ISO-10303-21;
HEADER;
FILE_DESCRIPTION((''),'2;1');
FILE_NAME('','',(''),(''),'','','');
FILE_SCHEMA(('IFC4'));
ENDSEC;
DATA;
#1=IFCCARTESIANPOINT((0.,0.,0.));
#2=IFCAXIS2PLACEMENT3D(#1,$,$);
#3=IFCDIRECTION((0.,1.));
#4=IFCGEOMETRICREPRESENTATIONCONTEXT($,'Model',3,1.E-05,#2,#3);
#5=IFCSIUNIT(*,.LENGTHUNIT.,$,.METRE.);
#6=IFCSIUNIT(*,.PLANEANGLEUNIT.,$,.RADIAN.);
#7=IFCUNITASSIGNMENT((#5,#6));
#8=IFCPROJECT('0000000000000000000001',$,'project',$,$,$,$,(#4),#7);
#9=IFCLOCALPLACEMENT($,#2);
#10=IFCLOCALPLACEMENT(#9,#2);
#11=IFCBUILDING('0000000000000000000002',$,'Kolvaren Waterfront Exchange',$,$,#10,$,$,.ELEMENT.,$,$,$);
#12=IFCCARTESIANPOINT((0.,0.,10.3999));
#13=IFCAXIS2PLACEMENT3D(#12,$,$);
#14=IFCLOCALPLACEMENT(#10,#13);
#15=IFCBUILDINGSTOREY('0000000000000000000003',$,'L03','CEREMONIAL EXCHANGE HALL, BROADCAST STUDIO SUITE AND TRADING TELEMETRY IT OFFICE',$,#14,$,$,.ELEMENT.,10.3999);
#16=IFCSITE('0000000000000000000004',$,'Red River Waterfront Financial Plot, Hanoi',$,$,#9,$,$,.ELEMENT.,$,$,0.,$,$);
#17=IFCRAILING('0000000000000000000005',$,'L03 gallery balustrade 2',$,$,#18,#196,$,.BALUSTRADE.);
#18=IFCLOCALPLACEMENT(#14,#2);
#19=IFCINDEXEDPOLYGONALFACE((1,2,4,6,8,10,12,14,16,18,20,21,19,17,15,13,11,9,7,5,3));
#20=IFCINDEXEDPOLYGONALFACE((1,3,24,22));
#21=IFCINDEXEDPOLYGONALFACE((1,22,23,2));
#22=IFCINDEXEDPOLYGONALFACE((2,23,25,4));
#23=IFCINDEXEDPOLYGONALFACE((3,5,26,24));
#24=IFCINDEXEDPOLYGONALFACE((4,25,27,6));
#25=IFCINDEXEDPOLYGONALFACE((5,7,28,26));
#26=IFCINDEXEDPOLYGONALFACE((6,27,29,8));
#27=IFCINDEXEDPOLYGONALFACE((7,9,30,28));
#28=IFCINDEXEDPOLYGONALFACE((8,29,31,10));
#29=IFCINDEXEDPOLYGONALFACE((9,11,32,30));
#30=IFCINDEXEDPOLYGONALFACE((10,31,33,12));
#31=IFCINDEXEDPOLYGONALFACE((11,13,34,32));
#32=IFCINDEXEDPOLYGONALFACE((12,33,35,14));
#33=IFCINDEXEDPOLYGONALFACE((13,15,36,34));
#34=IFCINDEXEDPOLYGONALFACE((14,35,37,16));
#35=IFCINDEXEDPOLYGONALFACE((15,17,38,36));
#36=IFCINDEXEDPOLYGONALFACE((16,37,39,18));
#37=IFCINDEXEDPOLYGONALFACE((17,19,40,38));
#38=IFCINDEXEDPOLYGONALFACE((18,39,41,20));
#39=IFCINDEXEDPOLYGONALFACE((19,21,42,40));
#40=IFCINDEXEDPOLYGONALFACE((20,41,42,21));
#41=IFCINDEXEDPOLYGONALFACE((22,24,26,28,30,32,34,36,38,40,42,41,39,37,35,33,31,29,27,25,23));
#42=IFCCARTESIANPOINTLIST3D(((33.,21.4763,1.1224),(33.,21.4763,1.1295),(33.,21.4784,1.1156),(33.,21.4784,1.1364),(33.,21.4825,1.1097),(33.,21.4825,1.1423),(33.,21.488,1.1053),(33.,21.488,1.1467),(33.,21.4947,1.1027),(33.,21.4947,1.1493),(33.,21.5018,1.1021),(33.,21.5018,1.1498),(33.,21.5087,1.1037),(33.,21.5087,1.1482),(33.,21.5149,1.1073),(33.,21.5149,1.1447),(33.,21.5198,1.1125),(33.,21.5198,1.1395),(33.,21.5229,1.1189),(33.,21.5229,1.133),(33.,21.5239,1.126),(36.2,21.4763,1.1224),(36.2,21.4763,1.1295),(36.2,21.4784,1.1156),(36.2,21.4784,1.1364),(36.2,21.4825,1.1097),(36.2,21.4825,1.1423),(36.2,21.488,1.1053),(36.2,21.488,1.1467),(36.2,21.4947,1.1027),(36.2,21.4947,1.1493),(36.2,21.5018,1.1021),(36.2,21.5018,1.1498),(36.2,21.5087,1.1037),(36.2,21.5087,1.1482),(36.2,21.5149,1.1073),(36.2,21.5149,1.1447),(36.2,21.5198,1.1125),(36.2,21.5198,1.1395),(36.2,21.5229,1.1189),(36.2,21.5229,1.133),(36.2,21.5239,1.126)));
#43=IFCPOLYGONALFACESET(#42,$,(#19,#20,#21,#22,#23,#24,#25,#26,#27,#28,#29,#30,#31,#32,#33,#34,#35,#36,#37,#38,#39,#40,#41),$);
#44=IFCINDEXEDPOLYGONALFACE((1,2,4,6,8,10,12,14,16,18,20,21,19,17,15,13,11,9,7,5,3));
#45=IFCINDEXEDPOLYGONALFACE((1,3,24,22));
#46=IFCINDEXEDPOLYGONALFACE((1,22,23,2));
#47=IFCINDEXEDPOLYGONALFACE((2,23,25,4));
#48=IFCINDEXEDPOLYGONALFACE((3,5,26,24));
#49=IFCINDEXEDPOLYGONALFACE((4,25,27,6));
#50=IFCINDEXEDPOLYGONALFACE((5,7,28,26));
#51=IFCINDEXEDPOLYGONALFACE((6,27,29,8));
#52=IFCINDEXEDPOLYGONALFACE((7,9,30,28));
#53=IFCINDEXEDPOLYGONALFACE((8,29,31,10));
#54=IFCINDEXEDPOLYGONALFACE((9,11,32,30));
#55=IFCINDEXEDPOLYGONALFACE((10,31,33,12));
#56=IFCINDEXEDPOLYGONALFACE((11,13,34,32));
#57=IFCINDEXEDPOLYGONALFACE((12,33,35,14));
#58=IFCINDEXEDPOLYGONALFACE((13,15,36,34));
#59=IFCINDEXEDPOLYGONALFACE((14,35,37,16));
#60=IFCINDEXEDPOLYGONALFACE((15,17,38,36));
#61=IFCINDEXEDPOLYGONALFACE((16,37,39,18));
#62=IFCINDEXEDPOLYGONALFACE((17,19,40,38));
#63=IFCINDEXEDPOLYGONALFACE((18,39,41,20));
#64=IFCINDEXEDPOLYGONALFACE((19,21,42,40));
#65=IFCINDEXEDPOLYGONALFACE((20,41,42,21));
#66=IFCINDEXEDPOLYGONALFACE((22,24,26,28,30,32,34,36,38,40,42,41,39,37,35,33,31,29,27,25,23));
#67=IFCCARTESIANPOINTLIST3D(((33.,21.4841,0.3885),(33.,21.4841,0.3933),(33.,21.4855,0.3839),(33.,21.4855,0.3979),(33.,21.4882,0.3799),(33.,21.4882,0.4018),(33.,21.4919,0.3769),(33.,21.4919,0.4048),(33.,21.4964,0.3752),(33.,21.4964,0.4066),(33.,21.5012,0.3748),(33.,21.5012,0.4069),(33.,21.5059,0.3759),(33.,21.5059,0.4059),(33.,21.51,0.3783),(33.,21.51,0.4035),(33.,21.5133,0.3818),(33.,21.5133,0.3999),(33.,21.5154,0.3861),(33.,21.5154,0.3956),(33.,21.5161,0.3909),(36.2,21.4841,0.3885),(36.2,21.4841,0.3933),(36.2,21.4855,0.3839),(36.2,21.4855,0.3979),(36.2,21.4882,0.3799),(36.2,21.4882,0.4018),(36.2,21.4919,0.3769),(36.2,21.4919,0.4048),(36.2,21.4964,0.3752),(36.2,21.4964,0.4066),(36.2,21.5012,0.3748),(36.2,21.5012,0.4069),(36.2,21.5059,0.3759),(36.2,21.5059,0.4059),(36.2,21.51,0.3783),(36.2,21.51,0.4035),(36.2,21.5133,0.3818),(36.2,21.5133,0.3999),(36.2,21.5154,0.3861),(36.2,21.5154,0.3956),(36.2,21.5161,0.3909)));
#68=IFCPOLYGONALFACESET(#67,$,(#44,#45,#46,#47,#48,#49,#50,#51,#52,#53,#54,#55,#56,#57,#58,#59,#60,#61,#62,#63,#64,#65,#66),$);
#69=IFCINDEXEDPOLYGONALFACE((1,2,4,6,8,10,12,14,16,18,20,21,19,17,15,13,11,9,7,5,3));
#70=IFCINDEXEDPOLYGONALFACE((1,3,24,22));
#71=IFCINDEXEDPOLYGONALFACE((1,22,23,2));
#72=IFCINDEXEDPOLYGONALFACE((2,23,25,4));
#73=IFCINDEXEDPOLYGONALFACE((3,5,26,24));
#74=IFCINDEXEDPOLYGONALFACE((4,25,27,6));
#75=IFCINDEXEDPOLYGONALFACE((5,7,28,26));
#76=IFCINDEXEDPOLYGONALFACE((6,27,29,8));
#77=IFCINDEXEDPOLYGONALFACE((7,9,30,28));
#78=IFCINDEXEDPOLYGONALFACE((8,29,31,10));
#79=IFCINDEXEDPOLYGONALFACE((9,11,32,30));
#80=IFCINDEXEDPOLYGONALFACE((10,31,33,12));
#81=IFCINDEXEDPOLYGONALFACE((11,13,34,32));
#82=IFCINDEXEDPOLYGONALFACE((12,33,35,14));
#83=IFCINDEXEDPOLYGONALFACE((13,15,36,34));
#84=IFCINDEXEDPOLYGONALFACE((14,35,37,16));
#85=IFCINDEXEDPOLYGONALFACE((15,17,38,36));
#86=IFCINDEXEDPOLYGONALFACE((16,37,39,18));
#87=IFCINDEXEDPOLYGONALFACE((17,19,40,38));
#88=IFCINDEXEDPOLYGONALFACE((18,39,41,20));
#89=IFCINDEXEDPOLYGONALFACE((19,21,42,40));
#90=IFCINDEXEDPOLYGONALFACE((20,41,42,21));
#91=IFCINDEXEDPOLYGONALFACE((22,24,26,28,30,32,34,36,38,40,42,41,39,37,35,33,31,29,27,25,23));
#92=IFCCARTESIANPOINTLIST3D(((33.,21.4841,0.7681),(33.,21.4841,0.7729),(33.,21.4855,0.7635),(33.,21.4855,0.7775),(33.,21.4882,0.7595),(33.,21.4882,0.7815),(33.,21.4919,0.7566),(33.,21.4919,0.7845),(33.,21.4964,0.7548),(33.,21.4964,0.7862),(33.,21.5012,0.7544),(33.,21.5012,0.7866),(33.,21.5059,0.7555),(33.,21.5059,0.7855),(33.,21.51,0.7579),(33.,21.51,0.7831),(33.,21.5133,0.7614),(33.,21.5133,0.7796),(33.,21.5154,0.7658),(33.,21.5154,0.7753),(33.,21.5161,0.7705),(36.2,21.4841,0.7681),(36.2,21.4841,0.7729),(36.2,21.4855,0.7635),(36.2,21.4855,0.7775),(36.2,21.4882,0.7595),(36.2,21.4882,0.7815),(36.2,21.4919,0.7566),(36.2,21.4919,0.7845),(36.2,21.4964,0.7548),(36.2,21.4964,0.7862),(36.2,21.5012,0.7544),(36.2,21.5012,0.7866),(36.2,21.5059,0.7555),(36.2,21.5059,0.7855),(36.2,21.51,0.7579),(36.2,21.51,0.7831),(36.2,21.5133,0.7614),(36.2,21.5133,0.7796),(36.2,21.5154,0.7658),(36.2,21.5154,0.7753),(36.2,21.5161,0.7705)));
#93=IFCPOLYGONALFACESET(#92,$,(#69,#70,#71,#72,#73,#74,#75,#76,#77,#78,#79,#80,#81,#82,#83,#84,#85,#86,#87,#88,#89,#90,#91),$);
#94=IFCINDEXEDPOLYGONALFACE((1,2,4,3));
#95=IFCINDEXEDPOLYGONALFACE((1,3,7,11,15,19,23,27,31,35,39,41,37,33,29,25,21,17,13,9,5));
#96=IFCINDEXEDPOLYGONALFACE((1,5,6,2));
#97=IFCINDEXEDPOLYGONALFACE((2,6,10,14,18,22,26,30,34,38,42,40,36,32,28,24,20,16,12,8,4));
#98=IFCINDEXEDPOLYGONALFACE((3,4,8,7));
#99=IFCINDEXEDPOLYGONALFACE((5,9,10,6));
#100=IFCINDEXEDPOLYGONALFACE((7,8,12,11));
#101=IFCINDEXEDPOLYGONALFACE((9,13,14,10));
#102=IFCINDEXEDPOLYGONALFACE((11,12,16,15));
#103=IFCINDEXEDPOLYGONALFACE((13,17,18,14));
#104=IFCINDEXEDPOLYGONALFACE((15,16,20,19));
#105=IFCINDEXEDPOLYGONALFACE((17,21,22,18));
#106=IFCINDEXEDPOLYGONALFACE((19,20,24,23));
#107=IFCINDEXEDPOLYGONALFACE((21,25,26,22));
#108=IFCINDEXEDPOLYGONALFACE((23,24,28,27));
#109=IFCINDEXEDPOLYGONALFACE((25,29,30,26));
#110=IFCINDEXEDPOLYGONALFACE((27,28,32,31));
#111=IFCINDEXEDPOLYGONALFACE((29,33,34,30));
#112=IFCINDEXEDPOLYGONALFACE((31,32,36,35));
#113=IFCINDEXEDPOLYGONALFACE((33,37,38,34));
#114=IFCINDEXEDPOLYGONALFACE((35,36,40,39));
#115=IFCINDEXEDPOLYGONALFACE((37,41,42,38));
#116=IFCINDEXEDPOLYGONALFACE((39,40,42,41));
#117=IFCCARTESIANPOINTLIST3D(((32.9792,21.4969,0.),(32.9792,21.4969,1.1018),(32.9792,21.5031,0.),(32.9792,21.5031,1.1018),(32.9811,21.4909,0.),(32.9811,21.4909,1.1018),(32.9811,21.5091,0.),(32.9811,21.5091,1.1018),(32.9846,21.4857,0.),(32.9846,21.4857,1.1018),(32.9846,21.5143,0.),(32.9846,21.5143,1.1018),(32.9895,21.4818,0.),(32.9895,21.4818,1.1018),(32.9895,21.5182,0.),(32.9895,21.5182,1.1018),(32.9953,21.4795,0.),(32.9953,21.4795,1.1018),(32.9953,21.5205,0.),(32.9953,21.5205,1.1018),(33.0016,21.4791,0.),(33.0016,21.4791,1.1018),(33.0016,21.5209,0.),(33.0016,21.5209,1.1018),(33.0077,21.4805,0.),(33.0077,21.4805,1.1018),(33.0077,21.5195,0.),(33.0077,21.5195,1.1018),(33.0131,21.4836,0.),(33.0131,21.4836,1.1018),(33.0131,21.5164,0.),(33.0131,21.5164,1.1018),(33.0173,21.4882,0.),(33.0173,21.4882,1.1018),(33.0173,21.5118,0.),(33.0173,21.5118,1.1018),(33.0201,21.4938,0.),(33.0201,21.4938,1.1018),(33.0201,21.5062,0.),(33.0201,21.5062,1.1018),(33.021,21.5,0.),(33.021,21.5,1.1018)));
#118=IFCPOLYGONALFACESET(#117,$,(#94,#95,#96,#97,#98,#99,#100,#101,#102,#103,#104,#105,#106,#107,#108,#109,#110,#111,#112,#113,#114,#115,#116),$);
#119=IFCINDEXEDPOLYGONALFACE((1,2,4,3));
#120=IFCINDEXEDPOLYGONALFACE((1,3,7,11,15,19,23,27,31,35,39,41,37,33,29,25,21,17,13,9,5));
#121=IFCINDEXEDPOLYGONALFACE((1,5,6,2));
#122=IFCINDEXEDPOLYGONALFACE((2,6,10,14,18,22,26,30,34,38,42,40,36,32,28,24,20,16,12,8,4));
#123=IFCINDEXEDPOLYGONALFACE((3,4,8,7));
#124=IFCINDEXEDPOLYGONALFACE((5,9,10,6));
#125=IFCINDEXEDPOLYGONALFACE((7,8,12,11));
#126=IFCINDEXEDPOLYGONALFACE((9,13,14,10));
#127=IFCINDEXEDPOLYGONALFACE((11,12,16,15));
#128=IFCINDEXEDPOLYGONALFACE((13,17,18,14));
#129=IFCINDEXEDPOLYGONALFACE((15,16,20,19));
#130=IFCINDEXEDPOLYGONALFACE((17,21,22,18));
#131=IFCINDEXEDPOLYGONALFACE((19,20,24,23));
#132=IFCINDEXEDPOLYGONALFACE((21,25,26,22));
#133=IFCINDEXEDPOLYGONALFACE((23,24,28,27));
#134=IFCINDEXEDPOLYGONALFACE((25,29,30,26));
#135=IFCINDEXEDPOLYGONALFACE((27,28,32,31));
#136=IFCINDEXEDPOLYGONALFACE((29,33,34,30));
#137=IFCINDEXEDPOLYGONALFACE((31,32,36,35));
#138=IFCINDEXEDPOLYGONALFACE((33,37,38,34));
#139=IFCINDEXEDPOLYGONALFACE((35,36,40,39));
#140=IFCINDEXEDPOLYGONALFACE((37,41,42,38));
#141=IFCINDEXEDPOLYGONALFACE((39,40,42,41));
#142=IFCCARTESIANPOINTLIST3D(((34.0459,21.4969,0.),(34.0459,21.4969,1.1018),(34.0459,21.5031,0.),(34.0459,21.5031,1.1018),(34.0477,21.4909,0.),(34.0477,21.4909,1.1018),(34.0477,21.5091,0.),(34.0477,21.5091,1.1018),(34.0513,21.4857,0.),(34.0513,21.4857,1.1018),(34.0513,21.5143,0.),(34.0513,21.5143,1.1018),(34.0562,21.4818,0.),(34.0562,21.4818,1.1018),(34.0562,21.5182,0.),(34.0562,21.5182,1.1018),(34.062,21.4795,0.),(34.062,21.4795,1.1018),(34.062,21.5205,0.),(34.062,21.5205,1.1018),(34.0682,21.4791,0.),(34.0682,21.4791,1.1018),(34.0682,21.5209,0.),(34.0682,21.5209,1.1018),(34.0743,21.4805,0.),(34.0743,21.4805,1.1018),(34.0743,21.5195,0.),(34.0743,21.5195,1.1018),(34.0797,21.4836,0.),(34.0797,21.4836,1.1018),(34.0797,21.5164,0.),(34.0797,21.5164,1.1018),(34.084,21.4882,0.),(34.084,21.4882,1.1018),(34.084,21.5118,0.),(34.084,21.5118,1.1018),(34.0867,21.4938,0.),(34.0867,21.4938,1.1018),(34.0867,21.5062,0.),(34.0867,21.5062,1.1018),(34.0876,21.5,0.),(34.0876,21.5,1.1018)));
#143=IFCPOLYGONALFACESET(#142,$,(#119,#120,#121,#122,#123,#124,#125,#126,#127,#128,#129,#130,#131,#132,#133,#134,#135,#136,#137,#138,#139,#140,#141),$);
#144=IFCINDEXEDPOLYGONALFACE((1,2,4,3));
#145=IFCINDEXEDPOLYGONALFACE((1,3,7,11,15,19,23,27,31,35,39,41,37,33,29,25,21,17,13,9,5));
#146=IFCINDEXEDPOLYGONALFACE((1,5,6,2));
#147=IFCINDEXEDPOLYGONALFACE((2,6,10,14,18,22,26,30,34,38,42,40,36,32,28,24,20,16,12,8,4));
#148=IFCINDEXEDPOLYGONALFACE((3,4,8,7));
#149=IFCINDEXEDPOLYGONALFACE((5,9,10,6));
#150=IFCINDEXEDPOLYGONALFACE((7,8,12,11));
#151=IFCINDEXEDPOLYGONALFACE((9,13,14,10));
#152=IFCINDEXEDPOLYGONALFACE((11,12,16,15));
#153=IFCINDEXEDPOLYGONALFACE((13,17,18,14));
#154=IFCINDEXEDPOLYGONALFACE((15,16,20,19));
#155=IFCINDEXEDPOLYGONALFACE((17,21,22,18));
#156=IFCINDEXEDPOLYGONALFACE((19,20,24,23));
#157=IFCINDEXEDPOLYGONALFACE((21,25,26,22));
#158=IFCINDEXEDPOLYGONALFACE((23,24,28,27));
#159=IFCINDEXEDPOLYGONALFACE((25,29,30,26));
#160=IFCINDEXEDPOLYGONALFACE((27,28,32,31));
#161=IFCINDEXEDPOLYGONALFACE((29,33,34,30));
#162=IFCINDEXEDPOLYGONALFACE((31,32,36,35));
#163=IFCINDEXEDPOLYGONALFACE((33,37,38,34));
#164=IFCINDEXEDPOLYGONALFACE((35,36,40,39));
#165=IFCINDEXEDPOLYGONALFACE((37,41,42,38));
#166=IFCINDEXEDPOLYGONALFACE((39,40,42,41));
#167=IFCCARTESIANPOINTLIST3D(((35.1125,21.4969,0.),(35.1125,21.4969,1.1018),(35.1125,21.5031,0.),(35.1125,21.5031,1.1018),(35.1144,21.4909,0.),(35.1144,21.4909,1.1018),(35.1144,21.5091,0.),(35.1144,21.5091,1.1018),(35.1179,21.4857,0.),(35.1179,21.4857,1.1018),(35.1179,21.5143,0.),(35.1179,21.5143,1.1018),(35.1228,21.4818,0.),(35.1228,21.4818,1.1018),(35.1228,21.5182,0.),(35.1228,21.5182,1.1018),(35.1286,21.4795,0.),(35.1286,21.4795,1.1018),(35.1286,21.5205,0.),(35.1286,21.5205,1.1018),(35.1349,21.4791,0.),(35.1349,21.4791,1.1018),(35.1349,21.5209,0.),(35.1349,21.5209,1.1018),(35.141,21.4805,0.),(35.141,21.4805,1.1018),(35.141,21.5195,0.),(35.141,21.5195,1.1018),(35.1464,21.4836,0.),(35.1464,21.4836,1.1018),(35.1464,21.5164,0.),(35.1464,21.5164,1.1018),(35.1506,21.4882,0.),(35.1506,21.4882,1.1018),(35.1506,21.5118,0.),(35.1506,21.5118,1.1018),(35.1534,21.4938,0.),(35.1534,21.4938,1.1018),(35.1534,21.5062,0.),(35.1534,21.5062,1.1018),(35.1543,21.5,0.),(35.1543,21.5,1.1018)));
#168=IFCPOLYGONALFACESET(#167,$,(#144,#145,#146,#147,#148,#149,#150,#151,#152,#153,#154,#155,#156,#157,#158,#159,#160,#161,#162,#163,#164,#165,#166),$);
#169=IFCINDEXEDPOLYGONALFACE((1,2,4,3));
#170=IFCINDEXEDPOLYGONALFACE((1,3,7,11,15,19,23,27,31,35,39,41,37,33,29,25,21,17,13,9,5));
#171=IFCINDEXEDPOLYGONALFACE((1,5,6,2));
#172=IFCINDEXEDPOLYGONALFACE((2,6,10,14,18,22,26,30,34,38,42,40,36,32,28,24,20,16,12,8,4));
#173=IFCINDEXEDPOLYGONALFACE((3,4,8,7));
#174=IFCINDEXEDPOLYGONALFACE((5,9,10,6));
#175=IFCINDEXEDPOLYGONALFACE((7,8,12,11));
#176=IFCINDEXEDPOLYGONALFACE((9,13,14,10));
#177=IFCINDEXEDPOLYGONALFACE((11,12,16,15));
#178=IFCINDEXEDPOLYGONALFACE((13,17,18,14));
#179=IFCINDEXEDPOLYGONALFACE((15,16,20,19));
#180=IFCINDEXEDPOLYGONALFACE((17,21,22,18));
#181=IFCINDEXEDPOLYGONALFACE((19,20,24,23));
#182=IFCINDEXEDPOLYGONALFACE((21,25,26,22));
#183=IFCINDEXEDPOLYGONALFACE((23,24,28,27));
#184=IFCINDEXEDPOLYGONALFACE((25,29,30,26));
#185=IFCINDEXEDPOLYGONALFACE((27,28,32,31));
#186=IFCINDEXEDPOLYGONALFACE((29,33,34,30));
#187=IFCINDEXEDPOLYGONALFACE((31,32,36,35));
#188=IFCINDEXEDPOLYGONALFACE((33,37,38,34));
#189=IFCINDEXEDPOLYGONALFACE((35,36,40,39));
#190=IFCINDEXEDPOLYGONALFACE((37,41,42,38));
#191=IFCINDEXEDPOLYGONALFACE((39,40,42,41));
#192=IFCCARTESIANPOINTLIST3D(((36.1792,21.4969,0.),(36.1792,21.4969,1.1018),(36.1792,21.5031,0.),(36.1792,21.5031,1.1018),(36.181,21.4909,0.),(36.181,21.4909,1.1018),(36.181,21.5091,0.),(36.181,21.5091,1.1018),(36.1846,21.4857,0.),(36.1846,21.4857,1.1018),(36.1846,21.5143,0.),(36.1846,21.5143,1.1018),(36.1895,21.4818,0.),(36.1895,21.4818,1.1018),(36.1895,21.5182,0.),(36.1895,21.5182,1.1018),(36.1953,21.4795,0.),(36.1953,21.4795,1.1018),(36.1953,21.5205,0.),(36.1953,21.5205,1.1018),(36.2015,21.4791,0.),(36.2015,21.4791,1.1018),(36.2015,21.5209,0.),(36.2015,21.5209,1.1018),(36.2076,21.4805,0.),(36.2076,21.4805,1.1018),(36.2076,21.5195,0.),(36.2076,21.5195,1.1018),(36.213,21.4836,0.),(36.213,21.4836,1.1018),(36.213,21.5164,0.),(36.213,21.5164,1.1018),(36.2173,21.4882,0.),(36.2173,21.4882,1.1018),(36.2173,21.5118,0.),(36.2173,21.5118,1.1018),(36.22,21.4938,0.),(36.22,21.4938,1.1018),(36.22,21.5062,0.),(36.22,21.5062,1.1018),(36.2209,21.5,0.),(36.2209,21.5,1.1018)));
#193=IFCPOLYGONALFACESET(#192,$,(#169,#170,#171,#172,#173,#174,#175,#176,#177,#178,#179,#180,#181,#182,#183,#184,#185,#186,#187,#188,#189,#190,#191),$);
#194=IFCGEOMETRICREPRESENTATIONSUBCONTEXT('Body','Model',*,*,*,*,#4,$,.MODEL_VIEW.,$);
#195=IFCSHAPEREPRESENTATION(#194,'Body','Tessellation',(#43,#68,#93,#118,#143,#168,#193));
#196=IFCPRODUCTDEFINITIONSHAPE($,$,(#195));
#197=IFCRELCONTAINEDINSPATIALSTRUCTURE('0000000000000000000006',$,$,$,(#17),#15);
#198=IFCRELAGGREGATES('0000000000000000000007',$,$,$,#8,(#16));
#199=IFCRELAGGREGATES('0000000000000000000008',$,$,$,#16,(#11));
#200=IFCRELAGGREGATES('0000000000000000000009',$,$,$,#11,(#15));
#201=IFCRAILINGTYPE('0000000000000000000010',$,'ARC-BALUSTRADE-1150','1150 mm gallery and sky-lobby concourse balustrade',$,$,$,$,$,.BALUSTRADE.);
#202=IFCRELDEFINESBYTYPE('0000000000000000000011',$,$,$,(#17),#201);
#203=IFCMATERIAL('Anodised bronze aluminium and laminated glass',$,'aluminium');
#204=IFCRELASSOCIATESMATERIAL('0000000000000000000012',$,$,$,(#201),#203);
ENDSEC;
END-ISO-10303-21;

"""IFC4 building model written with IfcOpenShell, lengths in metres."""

from ifc_helpers import new_model, si_unit, direction, frame, origin, origin_2d, place, context, subcontext, project, spatial, circle, extrude, material, type_object, element, save


model = new_model("IFC4")

# Units and contexts
model_context = context("Model", 3, precision=1e-05, world=origin(), true_north=direction((0.0, 1.0)))
body_context = subcontext(model_context, "Body", "Model", "MODEL_VIEW")
ifc_project = project(units=[si_unit("LENGTHUNIT", "METRE"), si_unit("PLANEANGLEUNIT", "RADIAN")], contexts=[model_context])

# Site, building, storey
site_placement = place(None, origin())
site = spatial("IfcSite", under=ifc_project, at=site_placement, Name="Red River Waterfront Financial Plot, Hanoi", CompositionType="ELEMENT", RefElevation=0.0)
building_placement = place(site_placement, origin())
building = spatial("IfcBuilding", under=site, at=building_placement, Name="Kolvaren Waterfront Exchange", CompositionType="ELEMENT")
storey_placement = place(building_placement, frame((0.0, 0.0, 10.3999)))
storey = spatial("IfcBuildingStorey", under=building, at=storey_placement, Name="L03", Description="CEREMONIAL EXCHANGE HALL, BROADCAST STUDIO SUITE AND TRADING TELEMETRY IT OFFICE", CompositionType="ELEMENT", Elevation=10.3999)

# Railing
ifc_material_1 = material(Name="Anodised bronze aluminium and laminated glass", Category="aluminium")
railing_type = type_object("IfcRailingType", Name="ARC-BALUSTRADE-1150", Description="1150 mm gallery and sky-lobby concourse balustrade", PredefinedType="BALUSTRADE", material=ifc_material_1)
for number, where, name in (
    (1, (33.0, 21.5, 0.0), "L03 gallery balustrade 2"),
):
    element("IfcRailing", number, at=place(storey_placement, frame(where)), inside=storey, type_object=railing_type, Name=name, PredefinedType="BALUSTRADE", context=body_context, shape_type="SweptSolid", body=[
        extrude(circle(Radius=0.0239, at=origin_2d()), frame((0.0, 0.0, 1.126), z_axis=(1.0, 0.0, 0.0), x_axis=(0.0, 1.0, 0.0)), (0.0, 0.0, 1.0), 3.2),
        extrude(circle(Radius=0.0161, at=origin_2d()), frame((0.0, 0.0, 0.3909), z_axis=(1.0, 0.0, 0.0), x_axis=(0.0, 1.0, 0.0)), (0.0, 0.0, 1.0), 3.2),
        extrude(circle(Radius=0.0161, at=origin_2d()), frame((0.0, 0.0, 0.7705), z_axis=(1.0, 0.0, 0.0), x_axis=(0.0, 1.0, 0.0)), (0.0, 0.0, 1.0), 3.2),
        extrude(circle(Radius=0.021, at=origin_2d()), origin(), (0.0, 0.0, 1.0), 1.1018),
        extrude(circle(Radius=0.021, at=origin_2d()), frame((1.0667, 0.0, 0.0)), (0.0, 0.0, 1.0), 1.1018),
        extrude(circle(Radius=0.021, at=origin_2d()), frame((2.1333, 0.0, 0.0)), (0.0, 0.0, 1.0), 1.1018),
        extrude(circle(Radius=0.021, at=origin_2d()), frame((3.2, 0.0, 0.0)), (0.0, 0.0, 1.0), 1.1018),
    ])

save(model, "model.ifc")
